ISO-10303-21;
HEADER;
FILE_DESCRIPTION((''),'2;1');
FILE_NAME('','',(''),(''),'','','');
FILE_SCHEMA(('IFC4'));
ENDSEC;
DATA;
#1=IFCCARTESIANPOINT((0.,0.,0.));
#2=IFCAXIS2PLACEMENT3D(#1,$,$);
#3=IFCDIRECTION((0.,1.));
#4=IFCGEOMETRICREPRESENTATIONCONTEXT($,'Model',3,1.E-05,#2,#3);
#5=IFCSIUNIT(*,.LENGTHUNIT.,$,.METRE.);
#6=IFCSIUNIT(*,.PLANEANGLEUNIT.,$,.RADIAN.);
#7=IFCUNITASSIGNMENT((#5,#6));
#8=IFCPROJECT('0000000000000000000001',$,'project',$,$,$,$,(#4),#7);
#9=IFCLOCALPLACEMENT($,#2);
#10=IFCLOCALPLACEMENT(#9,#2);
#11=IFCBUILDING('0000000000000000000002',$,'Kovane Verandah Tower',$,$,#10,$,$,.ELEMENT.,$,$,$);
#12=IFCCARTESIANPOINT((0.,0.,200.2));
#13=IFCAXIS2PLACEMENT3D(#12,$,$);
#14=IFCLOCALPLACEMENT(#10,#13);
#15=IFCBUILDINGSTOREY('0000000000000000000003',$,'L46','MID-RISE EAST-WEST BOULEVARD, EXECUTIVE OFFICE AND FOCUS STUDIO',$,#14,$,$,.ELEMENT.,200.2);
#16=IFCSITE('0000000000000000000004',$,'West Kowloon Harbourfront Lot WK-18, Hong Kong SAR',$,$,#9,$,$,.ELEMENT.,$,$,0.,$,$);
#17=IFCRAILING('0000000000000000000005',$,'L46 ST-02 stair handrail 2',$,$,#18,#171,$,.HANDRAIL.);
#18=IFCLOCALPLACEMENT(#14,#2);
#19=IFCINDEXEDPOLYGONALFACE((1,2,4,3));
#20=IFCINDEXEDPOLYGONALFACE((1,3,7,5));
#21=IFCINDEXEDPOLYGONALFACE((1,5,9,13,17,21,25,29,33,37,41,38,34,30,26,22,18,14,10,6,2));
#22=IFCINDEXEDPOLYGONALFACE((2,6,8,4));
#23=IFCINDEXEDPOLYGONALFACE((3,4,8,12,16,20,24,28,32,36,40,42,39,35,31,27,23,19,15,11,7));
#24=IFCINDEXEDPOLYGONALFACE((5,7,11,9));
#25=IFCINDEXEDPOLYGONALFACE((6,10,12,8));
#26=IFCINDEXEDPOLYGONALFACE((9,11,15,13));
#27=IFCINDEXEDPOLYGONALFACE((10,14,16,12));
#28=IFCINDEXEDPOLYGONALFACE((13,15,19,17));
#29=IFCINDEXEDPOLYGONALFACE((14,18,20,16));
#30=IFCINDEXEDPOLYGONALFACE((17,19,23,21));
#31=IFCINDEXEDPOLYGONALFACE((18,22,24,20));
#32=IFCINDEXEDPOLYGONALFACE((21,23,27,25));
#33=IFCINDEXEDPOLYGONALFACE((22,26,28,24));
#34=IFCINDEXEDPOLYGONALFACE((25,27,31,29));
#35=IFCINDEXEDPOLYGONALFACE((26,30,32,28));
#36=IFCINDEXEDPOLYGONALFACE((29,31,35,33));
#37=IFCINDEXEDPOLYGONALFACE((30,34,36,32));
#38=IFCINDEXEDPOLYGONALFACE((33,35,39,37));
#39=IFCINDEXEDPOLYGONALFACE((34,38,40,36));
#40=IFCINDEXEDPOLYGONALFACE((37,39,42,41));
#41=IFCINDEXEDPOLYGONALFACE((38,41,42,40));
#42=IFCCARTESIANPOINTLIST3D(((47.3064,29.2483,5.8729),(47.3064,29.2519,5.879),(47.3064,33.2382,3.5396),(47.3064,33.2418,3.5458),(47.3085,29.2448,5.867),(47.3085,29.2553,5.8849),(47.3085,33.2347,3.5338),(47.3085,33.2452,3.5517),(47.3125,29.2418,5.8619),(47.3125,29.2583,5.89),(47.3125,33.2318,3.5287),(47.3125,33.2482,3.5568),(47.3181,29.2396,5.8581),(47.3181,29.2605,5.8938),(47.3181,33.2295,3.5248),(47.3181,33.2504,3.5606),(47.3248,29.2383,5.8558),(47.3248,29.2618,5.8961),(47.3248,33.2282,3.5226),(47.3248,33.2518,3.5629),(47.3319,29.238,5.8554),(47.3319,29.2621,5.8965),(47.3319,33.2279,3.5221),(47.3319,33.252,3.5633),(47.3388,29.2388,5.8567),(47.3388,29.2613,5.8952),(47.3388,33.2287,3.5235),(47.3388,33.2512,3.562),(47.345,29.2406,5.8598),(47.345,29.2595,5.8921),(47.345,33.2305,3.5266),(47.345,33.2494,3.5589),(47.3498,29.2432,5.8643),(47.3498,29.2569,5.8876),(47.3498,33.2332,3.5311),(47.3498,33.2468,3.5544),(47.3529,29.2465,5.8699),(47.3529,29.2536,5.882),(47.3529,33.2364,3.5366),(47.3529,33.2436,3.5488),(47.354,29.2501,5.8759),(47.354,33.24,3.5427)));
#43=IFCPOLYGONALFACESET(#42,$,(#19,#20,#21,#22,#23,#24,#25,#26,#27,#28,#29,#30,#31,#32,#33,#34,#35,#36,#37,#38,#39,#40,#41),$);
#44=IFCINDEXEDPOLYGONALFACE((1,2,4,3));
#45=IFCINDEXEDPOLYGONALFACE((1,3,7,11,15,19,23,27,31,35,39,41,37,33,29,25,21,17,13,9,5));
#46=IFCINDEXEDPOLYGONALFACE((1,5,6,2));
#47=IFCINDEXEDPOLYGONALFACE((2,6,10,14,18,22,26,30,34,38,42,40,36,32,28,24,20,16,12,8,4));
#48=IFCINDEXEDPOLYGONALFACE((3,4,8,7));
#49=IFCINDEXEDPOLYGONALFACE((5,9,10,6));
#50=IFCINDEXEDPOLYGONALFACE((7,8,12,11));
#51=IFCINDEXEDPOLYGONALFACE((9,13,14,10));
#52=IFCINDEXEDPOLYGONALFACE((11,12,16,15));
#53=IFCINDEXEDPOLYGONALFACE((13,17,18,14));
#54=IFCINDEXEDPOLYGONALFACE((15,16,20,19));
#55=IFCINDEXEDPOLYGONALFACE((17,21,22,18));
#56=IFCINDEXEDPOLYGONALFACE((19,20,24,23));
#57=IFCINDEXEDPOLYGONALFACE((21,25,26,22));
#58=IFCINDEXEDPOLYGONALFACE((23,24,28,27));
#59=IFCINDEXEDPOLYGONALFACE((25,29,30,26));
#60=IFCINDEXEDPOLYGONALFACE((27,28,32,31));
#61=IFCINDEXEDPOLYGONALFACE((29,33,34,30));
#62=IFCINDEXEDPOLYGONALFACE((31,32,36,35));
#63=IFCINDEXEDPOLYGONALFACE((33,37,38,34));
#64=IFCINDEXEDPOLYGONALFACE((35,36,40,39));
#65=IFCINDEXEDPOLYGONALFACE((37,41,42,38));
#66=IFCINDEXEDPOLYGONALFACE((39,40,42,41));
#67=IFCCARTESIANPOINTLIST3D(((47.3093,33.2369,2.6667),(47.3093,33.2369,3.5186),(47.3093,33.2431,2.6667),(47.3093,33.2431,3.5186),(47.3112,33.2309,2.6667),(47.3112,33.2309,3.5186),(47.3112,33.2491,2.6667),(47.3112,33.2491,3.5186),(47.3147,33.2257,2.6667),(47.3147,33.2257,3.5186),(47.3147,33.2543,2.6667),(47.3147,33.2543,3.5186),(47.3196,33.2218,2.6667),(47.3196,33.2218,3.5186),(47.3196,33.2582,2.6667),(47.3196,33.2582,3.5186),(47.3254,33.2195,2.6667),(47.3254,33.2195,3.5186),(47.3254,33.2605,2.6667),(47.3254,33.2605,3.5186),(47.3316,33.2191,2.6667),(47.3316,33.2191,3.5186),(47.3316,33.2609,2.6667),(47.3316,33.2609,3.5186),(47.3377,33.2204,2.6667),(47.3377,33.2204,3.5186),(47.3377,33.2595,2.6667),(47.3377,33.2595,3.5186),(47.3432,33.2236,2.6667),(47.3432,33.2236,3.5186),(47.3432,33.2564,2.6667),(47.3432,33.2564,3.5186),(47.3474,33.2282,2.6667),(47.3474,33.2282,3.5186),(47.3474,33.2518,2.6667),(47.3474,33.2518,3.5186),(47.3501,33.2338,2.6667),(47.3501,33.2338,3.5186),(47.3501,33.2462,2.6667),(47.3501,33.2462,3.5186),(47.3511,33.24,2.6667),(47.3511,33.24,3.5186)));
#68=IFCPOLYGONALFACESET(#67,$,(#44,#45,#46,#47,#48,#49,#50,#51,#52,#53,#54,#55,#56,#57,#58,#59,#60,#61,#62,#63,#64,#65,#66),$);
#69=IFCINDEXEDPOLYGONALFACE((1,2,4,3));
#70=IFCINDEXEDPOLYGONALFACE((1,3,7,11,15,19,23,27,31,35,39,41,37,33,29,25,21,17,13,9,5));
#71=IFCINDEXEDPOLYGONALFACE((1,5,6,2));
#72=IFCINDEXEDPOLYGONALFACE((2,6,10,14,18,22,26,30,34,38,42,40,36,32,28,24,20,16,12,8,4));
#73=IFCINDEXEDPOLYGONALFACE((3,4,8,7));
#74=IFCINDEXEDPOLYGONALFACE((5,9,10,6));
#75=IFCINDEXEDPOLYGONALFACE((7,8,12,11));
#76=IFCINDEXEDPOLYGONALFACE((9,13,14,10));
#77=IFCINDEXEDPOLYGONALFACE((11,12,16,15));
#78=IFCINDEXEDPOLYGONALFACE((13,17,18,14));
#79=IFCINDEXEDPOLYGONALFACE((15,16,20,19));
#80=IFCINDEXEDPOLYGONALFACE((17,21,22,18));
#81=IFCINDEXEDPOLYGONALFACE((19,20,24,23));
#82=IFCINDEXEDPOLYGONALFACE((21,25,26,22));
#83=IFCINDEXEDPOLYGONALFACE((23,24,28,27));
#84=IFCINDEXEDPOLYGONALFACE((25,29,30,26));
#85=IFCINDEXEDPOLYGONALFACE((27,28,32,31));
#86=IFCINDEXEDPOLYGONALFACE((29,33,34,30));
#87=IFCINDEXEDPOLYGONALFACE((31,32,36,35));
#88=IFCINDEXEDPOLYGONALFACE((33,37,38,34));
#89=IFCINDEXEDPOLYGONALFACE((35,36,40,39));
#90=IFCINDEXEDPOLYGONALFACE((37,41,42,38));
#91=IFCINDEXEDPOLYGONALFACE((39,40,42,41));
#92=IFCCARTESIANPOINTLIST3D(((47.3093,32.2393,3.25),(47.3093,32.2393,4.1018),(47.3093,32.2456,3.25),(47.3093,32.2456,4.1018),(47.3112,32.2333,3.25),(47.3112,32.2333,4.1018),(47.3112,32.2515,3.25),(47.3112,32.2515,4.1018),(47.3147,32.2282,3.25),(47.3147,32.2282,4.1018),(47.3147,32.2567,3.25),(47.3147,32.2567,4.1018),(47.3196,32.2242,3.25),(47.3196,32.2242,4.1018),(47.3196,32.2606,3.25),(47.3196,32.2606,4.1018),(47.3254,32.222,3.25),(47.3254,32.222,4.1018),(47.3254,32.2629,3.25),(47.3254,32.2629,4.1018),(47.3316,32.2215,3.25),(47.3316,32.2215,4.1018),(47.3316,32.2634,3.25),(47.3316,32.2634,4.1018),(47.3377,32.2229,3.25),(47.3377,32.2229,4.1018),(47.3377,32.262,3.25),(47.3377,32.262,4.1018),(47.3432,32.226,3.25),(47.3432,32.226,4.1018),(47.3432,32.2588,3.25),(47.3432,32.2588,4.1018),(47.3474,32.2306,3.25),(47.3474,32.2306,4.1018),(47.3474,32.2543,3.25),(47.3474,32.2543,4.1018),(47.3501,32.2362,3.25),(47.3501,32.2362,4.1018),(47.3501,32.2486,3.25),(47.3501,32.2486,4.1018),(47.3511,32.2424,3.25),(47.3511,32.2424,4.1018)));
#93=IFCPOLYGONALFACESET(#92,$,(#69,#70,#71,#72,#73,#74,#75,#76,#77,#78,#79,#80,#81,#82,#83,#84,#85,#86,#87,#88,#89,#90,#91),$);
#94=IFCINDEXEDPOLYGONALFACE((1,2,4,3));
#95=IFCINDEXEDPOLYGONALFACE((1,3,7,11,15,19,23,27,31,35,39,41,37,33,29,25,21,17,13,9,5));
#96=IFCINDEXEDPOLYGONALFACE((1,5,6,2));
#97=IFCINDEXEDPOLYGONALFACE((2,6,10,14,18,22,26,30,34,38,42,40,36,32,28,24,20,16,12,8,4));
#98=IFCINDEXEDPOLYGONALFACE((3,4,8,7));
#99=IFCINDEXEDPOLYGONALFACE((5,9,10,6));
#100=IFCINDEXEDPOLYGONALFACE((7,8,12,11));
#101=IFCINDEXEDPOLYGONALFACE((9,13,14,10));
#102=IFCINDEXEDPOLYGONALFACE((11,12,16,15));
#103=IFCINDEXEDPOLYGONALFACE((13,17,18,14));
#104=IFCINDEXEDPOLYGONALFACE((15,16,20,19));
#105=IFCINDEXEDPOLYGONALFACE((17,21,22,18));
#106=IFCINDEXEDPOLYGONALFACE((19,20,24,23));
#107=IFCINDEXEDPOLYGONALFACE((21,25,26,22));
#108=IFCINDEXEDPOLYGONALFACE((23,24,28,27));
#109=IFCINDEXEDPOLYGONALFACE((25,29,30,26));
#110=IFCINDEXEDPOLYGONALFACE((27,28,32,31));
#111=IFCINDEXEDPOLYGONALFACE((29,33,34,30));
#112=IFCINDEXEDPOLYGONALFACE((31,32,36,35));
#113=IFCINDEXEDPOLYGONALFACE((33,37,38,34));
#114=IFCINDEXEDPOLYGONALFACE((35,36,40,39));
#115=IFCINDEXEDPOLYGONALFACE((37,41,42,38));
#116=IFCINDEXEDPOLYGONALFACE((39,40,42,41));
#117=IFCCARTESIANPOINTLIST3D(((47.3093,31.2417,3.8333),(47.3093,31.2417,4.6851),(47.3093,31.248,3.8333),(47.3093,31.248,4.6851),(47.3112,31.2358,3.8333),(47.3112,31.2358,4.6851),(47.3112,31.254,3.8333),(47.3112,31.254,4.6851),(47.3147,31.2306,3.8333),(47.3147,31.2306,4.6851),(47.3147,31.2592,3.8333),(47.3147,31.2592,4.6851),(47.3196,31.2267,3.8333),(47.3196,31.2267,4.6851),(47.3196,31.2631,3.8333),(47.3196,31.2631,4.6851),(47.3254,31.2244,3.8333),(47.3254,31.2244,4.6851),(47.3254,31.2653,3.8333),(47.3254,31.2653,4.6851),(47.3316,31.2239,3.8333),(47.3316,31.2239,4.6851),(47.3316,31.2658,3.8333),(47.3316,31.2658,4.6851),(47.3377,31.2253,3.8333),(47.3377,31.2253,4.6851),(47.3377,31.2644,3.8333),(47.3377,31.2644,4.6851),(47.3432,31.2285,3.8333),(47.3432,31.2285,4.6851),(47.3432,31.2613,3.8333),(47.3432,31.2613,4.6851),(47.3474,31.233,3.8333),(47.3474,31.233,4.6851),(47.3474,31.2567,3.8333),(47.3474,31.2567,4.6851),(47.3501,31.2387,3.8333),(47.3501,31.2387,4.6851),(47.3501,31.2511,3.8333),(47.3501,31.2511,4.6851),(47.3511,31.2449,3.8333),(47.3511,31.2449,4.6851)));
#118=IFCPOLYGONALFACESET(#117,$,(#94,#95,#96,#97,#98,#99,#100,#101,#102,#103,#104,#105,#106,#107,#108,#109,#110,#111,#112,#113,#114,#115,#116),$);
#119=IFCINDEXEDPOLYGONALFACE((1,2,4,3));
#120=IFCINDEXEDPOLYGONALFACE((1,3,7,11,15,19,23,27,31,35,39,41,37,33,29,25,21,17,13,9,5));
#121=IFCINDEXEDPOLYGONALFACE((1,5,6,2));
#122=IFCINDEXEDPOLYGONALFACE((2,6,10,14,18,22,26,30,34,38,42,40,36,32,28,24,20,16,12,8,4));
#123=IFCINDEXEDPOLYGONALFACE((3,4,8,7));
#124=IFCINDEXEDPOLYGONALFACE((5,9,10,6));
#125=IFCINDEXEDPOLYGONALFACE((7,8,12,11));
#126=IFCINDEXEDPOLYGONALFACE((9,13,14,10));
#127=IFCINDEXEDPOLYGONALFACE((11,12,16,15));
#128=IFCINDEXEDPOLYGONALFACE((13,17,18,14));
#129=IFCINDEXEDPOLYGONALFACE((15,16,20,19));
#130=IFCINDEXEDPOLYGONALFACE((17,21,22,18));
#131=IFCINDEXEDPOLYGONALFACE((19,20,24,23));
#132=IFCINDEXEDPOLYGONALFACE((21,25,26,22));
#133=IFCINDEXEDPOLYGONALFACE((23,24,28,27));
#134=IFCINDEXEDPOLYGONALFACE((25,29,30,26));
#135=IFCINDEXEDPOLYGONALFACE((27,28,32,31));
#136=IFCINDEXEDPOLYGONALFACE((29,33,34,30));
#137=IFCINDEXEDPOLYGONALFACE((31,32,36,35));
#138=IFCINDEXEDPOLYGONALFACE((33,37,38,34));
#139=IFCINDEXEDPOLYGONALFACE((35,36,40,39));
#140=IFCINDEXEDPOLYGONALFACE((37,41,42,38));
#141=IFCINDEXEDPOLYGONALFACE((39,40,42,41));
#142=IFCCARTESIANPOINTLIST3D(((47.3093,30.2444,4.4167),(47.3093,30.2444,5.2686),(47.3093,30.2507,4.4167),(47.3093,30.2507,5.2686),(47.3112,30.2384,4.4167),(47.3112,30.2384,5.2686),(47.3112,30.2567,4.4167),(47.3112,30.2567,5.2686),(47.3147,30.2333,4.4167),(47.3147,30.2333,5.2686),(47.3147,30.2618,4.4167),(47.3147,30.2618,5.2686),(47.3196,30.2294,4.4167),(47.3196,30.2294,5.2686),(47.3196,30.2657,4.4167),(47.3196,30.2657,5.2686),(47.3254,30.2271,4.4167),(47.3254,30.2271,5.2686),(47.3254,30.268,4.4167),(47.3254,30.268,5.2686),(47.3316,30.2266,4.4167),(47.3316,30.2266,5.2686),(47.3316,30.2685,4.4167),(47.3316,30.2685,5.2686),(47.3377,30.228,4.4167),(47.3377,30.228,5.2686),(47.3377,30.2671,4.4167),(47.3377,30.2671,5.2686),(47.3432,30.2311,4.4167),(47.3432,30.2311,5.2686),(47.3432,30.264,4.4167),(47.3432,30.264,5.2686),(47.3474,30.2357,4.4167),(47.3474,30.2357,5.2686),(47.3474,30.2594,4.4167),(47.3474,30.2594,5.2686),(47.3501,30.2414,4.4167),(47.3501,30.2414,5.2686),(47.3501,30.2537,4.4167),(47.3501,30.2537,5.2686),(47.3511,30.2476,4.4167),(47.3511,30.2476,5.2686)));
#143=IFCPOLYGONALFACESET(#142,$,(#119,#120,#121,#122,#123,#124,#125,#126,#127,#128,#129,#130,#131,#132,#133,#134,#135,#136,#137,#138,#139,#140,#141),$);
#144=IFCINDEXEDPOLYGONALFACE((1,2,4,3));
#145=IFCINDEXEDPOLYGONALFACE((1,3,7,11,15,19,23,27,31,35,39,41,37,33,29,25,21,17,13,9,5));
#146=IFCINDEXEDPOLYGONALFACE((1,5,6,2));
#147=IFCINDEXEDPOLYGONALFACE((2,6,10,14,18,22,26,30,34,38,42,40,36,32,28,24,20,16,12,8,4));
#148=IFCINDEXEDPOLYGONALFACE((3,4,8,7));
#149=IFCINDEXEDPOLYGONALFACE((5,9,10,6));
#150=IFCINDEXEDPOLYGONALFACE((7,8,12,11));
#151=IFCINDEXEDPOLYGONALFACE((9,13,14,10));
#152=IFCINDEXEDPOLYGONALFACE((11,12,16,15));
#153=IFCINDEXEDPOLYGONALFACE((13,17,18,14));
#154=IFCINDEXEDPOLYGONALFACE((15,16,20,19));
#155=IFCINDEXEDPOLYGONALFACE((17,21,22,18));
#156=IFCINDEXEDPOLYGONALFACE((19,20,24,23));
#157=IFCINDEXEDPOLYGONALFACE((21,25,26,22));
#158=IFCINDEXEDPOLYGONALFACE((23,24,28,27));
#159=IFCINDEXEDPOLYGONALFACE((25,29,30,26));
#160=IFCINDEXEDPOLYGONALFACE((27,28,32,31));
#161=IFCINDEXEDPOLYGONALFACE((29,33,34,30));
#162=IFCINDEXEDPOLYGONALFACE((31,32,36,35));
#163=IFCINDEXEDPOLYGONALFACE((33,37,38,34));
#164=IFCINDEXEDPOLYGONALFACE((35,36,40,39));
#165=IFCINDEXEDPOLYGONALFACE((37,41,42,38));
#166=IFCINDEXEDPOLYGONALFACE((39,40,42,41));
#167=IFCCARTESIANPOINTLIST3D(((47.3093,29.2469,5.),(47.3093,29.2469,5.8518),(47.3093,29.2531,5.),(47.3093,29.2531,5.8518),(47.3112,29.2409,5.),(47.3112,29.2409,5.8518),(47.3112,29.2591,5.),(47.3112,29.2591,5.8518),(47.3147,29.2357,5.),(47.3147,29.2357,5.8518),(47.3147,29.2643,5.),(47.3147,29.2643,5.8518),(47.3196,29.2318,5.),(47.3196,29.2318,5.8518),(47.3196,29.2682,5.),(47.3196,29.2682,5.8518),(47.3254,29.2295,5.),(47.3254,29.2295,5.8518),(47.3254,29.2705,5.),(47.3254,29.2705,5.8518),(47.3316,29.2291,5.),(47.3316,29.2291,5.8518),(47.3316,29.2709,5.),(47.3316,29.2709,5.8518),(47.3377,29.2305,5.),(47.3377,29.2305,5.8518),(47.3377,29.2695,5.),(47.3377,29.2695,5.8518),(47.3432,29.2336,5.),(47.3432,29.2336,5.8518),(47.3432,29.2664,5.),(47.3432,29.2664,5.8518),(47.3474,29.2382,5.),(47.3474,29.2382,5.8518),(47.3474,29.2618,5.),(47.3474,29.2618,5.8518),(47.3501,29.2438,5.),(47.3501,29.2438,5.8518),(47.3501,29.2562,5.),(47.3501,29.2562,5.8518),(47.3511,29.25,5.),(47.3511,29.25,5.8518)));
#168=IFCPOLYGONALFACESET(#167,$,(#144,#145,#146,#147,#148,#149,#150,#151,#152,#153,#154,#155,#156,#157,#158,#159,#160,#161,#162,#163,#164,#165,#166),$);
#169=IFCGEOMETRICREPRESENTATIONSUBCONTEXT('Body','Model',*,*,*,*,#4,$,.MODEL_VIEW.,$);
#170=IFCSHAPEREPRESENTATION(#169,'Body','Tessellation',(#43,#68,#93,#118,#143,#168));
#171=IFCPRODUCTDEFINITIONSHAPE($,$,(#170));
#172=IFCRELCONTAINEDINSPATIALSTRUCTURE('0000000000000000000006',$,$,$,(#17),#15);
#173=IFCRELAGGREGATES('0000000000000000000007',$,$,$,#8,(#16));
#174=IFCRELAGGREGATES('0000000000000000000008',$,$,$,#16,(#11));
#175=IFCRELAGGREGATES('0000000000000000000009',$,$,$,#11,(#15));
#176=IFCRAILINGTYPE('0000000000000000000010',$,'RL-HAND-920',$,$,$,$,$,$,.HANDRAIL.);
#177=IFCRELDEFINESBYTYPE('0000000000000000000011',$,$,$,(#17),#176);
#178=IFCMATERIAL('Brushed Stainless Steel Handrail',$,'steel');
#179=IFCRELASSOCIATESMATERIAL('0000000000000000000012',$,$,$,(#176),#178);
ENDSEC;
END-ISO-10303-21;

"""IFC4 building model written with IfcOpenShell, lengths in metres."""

from ifc_helpers import new_model, si_unit, direction, frame, origin, origin_2d, place, context, subcontext, project, spatial, circle, extrude, material, type_object, element, save


model = new_model("IFC4")

# Units and contexts
model_context = context("Model", 3, precision=1e-05, world=origin(), true_north=direction((0.0, 1.0)))
body_context = subcontext(model_context, "Body", "Model", "MODEL_VIEW")
ifc_project = project(units=[si_unit("LENGTHUNIT", "METRE"), si_unit("PLANEANGLEUNIT", "RADIAN")], contexts=[model_context])

# Site, building, storey
site_placement = place(None, origin())
site = spatial("IfcSite", under=ifc_project, at=site_placement, Name="West Kowloon Harbourfront Lot WK-18, Hong Kong SAR", CompositionType="ELEMENT", RefElevation=0.0)
building_placement = place(site_placement, origin())
building = spatial("IfcBuilding", under=site, at=building_placement, Name="Kovane Verandah Tower", CompositionType="ELEMENT")
storey_placement = place(building_placement, frame((0.0, 0.0, 200.2)))
storey = spatial("IfcBuildingStorey", under=building, at=storey_placement, Name="L46", Description="MID-RISE EAST-WEST BOULEVARD, EXECUTIVE OFFICE AND FOCUS STUDIO", CompositionType="ELEMENT", Elevation=200.2)

# Railing
ifc_material_1 = material(Name="Brushed Stainless Steel Handrail", Category="steel")
railing_type_1 = type_object("IfcRailingType", Name="RL-HAND-920", PredefinedType="HANDRAIL", material=ifc_material_1)
railing_1_placement = place(storey_placement, frame((47.3301, 33.24, 2.6667)))
element("IfcRailing", 1, at=railing_1_placement, inside=storey, type_object=railing_type_1, Name="L46 ST-02 stair handrail 2", PredefinedType="HANDRAIL", context=body_context, shape_type="SweptSolid", body=[
    extrude(circle(Radius=0.0239, at=origin_2d()), frame((0.0, 0.0, 0.876), z_axis=(0.0, -0.863236, 0.5048), x_axis=(1.0, 0.0, 0.0)), (0.0, 0.0, 1.0), 4.6221),
    extrude(circle(Radius=0.021, at=origin_2d()), origin(), (0.0, 0.0, 1.0), 0.8518),
    extrude(circle(Radius=0.021, at=origin_2d()), frame((0.0, -0.9976, 0.5833)), (0.0, 0.0, 1.0), 0.8518),
    extrude(circle(Radius=0.021, at=origin_2d()), frame((0.0, -1.9951, 1.1665)), (0.0, 0.0, 1.0), 0.8518),
    extrude(circle(Radius=0.021, at=origin_2d()), frame((0.0, -2.9924, 1.75)), (0.0, 0.0, 1.0), 0.8518),
    extrude(circle(Radius=0.021, at=origin_2d()), frame((0.0, -3.99, 2.3333)), (0.0, 0.0, 1.0), 0.8518),
])

save(model, "model.ifc")
